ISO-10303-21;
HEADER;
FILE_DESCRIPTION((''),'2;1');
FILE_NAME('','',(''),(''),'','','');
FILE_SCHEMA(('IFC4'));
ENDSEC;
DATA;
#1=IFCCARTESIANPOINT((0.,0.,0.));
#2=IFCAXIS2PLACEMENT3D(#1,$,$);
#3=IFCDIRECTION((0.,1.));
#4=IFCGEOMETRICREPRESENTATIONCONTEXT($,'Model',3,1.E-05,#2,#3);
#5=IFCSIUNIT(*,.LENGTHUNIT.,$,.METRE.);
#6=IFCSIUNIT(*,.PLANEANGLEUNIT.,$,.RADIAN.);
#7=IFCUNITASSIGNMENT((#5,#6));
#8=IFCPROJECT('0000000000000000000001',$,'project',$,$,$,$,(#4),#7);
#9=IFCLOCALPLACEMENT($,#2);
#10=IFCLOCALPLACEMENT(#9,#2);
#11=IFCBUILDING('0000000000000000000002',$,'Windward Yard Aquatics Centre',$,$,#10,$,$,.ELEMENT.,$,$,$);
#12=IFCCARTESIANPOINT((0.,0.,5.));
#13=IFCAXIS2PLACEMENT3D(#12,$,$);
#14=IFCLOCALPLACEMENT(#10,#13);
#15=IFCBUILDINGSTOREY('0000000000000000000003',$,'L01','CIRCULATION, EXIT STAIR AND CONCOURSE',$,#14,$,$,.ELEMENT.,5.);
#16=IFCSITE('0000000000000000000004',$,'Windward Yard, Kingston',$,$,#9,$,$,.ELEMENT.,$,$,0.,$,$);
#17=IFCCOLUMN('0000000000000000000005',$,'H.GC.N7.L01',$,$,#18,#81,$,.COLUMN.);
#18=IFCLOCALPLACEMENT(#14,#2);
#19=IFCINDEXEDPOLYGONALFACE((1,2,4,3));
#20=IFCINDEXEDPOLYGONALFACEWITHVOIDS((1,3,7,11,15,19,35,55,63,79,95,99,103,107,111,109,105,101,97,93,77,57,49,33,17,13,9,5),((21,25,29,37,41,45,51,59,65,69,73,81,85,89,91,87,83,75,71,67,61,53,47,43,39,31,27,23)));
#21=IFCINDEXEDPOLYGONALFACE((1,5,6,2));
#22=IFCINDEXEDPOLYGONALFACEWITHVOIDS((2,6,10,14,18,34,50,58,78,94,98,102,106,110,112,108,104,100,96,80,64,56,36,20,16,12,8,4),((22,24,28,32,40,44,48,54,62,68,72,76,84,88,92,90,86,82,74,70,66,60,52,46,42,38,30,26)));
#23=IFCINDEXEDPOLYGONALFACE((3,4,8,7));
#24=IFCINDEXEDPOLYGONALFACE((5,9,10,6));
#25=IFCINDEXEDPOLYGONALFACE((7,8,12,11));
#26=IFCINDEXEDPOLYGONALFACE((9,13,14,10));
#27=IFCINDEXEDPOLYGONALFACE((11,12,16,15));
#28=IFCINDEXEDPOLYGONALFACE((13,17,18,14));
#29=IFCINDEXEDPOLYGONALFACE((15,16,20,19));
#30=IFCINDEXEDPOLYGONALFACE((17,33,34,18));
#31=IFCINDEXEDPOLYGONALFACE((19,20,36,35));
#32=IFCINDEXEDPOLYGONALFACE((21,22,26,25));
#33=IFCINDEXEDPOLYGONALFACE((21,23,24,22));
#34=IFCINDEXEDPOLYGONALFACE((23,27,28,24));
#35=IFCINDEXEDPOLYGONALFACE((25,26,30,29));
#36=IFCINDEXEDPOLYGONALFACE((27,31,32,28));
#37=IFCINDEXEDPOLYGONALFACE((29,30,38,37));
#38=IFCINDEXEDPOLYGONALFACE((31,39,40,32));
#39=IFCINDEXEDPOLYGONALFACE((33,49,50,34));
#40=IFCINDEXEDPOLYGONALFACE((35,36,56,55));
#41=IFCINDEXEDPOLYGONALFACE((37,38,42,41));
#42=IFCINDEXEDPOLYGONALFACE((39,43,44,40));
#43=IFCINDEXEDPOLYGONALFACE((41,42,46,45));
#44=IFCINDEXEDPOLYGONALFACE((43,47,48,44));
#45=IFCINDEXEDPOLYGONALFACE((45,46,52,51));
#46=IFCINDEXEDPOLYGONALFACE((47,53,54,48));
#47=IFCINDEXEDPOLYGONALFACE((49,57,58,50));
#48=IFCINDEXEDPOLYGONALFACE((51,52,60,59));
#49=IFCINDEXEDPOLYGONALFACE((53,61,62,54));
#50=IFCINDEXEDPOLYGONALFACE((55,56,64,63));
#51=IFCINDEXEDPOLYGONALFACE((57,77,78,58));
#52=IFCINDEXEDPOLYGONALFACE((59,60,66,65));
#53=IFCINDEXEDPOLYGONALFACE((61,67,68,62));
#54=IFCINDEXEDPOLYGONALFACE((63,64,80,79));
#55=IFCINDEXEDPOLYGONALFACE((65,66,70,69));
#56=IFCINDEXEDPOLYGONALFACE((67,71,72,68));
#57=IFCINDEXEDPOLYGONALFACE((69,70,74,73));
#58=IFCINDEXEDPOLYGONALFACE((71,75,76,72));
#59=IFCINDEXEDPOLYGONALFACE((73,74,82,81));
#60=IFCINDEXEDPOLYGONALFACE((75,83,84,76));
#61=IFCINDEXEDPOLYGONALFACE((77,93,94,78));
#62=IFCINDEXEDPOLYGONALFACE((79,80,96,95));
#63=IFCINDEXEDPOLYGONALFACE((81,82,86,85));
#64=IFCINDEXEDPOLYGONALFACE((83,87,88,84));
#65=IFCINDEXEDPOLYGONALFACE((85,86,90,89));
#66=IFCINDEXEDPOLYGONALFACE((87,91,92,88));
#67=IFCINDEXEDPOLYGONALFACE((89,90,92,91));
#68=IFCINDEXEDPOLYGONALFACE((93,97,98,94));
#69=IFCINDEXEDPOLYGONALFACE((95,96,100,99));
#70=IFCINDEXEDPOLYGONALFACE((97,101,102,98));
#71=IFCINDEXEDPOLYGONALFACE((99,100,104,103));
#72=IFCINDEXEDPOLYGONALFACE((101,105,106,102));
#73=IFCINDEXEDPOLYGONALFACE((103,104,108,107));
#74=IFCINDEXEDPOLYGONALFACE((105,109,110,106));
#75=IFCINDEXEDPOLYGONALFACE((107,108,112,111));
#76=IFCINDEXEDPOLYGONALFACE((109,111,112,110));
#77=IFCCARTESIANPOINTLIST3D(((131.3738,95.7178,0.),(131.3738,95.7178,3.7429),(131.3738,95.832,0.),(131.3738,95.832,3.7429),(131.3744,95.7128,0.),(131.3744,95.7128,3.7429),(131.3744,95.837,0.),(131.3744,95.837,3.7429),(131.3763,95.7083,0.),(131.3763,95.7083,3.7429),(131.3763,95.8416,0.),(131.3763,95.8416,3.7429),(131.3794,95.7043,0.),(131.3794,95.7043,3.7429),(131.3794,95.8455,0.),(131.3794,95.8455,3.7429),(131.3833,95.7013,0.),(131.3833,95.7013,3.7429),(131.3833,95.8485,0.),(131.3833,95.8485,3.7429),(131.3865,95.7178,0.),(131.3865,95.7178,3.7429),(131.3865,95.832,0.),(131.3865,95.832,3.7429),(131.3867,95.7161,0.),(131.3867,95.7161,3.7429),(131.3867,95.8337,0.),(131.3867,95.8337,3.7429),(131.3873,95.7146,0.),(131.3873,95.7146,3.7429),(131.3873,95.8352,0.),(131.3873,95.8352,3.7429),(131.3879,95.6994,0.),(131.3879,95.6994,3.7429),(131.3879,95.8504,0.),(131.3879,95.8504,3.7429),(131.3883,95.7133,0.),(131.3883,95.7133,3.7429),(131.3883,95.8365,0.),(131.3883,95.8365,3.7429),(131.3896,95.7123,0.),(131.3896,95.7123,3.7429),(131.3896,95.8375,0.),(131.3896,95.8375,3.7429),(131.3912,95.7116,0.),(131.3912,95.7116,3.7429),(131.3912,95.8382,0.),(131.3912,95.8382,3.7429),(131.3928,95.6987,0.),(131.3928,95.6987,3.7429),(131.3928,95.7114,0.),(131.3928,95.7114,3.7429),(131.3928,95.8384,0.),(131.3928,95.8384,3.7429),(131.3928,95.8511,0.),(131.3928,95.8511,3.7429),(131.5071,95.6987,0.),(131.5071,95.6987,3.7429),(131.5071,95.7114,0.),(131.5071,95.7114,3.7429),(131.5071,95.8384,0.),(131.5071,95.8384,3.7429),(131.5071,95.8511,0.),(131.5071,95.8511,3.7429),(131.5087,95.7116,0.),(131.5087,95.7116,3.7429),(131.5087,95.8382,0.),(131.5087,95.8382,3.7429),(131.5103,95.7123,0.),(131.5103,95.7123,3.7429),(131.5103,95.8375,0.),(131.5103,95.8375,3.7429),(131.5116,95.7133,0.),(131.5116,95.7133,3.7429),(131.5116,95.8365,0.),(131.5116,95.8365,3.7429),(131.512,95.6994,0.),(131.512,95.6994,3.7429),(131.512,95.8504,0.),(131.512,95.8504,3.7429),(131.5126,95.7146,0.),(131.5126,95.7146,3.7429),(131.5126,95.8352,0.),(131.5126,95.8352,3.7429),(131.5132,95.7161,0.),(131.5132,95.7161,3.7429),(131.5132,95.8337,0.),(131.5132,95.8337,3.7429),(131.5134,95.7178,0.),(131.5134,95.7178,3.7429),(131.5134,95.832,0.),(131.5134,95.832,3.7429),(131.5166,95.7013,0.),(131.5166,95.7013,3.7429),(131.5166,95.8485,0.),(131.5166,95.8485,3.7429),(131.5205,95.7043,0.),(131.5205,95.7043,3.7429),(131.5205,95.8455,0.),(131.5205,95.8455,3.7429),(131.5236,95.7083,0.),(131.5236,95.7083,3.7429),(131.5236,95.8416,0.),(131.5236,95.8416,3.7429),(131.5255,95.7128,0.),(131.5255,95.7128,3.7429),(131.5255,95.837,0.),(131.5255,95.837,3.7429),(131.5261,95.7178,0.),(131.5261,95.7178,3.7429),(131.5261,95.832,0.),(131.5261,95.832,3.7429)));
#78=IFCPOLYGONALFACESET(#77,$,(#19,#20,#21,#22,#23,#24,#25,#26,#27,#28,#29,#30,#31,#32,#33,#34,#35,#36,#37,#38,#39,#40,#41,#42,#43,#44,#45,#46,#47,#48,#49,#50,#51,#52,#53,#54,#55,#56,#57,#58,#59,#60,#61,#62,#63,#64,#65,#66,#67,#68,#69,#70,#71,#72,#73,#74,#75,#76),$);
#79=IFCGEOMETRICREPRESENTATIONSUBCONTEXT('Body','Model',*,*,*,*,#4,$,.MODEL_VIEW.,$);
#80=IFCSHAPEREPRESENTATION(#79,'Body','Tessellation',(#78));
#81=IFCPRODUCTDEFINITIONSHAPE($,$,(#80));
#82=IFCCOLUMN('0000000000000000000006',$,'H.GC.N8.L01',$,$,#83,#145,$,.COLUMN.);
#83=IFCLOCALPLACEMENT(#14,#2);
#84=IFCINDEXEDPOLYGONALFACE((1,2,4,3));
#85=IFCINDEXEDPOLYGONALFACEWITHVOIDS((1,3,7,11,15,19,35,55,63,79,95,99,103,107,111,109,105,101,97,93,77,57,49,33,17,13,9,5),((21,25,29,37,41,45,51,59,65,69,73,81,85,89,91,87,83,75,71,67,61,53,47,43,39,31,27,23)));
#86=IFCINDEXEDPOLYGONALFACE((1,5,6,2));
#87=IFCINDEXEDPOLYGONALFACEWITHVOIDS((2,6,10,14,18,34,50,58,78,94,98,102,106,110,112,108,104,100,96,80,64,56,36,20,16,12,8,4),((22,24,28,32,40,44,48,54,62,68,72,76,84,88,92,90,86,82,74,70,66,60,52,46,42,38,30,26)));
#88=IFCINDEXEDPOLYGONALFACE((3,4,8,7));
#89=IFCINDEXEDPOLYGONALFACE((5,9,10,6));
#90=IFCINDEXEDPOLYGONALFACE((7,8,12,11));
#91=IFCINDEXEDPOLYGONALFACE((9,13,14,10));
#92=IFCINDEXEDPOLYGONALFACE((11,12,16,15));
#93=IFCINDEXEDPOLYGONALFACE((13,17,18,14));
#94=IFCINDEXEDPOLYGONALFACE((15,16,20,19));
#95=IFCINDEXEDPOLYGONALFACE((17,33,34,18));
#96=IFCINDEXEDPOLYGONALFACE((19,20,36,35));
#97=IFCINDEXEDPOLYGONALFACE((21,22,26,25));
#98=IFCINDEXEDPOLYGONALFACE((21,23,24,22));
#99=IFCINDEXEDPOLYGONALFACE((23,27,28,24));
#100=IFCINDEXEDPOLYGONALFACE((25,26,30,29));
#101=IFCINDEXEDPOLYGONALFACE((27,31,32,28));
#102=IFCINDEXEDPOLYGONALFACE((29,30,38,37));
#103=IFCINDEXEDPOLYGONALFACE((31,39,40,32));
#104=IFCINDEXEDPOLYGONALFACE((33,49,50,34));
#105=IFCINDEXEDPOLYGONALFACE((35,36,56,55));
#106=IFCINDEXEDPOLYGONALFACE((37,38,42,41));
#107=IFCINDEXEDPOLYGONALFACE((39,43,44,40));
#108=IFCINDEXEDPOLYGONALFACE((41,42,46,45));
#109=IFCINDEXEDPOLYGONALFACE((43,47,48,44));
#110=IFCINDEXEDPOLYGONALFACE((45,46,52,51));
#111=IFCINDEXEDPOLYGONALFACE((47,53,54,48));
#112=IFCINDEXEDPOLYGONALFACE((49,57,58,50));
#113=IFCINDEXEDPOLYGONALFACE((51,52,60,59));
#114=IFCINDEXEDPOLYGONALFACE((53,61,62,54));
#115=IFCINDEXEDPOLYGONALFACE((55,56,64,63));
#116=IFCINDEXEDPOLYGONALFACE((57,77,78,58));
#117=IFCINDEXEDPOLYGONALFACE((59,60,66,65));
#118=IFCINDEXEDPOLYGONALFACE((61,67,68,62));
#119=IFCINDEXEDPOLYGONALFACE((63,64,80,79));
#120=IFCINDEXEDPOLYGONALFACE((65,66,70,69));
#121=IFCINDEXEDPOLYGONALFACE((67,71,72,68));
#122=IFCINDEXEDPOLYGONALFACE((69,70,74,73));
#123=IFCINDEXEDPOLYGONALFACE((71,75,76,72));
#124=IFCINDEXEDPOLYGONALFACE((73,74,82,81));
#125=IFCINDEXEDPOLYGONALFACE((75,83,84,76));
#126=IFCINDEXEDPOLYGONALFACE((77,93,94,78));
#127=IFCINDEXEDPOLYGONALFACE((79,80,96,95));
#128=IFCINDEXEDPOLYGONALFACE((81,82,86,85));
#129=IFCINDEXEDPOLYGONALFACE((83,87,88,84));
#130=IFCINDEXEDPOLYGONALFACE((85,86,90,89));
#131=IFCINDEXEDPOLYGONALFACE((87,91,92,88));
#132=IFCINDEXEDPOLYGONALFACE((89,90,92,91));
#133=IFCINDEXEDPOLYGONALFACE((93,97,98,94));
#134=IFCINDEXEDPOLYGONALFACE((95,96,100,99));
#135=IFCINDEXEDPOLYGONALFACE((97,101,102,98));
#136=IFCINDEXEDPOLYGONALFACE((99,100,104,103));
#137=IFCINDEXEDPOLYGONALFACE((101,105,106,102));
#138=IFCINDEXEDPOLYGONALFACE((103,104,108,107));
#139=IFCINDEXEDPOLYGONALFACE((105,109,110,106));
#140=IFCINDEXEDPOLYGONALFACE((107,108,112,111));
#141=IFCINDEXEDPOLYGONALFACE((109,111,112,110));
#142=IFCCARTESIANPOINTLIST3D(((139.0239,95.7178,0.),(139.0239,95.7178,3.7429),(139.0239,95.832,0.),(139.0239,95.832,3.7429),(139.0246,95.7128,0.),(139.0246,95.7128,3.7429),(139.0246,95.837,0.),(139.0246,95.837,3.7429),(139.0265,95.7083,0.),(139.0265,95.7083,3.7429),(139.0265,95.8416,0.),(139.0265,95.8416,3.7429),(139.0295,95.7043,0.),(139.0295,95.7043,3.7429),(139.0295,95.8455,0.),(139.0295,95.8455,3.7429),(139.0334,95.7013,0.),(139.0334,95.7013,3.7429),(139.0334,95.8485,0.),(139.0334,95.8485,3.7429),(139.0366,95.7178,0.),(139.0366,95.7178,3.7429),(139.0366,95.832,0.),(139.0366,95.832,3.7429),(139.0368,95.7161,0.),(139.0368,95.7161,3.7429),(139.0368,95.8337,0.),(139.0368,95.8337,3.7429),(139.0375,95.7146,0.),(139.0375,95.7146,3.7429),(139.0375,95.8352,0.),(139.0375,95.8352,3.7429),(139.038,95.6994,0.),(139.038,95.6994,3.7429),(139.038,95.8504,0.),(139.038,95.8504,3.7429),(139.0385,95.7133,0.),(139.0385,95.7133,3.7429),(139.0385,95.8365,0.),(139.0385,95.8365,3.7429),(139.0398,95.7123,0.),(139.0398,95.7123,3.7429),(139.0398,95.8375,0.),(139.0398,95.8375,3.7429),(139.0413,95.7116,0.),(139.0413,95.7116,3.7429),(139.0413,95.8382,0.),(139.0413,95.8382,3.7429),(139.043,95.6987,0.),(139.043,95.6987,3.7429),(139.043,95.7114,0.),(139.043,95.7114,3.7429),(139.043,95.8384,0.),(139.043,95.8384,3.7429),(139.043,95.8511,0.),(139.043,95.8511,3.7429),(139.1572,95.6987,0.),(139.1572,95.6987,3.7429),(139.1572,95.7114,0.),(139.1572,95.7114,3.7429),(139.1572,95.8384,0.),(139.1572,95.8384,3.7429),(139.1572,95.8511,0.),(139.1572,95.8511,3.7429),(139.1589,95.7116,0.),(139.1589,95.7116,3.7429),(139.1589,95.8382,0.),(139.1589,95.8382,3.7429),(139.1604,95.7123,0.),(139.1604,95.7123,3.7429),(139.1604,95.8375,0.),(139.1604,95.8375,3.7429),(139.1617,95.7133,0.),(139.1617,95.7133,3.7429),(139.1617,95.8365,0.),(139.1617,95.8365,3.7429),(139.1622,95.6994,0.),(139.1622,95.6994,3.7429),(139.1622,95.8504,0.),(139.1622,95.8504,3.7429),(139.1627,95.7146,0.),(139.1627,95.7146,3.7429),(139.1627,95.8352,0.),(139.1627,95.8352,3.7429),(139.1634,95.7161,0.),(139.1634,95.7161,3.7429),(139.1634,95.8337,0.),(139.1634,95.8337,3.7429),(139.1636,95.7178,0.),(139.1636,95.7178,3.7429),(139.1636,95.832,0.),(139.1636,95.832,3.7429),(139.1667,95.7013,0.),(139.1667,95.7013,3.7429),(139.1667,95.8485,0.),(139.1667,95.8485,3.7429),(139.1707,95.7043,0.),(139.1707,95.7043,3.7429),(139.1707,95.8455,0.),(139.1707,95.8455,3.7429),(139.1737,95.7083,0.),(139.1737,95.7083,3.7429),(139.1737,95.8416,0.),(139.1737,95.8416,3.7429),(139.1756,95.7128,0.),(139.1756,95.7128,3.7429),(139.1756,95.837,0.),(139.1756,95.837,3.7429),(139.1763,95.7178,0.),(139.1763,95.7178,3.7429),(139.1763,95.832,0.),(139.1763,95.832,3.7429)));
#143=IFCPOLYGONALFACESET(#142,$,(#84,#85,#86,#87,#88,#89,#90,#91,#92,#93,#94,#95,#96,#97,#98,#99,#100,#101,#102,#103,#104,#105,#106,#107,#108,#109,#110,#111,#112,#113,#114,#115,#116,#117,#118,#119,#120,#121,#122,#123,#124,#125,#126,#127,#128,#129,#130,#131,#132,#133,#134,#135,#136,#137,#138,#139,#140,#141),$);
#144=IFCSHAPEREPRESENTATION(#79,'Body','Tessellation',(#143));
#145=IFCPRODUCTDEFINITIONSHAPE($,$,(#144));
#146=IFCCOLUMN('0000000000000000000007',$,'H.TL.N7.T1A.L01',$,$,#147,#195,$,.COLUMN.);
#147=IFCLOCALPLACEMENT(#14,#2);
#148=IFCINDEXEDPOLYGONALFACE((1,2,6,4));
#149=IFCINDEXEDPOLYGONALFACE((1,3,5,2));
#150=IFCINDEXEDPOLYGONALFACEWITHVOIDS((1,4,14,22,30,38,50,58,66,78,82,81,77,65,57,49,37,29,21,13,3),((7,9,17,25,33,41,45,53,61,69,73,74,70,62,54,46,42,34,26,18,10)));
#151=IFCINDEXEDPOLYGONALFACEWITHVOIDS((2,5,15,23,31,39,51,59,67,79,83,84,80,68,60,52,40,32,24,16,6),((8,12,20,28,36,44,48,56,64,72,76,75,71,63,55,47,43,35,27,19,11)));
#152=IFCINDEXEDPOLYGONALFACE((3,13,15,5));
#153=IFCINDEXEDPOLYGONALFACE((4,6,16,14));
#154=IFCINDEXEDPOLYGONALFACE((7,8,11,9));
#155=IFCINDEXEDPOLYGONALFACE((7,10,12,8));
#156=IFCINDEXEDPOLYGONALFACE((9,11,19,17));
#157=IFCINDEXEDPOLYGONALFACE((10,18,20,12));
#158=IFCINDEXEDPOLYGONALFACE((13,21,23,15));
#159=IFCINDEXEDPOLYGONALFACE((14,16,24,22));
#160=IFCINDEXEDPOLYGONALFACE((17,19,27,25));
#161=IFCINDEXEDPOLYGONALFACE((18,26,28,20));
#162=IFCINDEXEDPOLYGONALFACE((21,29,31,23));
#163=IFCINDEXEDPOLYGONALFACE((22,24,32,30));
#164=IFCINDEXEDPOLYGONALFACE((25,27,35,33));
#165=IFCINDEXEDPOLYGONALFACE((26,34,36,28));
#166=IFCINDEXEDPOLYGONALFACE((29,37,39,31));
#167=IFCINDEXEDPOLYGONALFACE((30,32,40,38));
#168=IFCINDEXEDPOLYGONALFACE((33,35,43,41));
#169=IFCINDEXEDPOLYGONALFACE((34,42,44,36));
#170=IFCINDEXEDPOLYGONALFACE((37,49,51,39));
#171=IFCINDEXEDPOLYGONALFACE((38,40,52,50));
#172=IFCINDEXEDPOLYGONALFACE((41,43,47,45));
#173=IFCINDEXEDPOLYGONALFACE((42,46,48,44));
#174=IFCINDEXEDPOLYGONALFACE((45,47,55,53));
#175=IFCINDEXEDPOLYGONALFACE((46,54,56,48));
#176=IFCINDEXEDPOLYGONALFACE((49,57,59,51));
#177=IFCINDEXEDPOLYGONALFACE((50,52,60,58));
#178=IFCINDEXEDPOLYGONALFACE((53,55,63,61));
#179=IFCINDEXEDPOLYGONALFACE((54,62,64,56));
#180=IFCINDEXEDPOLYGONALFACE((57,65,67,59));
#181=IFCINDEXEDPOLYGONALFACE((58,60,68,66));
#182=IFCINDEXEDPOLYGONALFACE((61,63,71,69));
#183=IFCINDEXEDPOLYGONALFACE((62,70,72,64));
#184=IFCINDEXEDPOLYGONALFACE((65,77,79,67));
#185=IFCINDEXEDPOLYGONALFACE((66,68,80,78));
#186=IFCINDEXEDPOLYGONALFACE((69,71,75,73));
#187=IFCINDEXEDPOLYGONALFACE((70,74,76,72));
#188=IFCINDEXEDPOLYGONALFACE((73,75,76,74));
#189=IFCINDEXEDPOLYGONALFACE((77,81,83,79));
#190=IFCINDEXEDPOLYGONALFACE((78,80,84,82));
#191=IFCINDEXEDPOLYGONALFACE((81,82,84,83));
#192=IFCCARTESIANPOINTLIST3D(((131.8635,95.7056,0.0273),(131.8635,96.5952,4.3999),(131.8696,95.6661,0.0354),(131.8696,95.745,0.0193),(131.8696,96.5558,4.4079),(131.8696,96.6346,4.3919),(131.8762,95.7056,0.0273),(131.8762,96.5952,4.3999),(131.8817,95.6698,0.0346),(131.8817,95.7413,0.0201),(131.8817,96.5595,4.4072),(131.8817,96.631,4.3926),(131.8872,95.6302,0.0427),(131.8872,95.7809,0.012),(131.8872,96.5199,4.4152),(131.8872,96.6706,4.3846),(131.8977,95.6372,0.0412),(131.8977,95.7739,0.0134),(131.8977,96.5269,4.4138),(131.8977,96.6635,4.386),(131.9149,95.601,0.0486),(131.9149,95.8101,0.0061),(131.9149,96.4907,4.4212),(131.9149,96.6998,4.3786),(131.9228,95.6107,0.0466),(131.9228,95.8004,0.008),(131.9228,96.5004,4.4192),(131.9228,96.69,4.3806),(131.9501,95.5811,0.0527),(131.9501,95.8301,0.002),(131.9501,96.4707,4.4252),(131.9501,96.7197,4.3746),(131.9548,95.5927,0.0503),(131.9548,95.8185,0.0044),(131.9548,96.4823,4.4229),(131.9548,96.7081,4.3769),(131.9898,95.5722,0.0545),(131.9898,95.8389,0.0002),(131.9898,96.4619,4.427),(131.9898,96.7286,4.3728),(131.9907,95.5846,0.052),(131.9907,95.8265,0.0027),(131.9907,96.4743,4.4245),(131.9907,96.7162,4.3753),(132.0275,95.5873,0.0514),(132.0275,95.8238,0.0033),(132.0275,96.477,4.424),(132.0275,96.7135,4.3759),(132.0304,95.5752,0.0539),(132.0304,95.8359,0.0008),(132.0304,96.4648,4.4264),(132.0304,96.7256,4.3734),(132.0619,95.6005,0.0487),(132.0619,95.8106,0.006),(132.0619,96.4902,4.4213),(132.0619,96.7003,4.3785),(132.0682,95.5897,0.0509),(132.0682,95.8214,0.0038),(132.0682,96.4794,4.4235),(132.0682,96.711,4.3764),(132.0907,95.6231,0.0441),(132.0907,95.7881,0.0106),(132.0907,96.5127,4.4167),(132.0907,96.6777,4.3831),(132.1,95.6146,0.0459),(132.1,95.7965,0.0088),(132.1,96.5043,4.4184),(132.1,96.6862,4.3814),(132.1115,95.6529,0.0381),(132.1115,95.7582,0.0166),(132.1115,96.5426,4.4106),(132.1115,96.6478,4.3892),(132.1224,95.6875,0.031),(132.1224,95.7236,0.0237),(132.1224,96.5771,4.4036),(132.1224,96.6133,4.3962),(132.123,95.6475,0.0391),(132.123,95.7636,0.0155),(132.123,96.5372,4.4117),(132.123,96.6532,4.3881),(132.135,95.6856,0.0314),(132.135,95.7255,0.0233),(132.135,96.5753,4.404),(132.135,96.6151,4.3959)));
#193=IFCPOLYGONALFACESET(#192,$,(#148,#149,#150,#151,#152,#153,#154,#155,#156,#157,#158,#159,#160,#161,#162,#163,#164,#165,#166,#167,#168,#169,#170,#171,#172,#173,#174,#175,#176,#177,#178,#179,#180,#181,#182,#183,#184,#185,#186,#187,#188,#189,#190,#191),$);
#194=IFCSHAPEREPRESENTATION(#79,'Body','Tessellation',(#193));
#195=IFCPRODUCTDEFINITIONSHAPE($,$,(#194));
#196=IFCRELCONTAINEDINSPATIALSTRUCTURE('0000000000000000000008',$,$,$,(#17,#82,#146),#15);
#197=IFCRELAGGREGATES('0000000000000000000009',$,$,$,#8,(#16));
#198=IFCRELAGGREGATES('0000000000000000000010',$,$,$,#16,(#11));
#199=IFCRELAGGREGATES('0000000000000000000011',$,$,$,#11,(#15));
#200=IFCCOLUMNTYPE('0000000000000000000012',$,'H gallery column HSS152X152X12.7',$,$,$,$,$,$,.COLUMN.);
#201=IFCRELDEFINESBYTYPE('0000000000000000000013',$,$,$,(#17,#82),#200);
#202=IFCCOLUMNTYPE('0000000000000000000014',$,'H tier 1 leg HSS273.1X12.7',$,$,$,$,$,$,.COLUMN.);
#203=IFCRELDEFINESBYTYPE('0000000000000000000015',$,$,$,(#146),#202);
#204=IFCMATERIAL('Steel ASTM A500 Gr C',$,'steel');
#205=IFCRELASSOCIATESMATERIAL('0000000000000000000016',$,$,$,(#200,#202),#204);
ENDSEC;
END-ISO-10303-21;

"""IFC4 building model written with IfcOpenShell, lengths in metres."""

from ifc_helpers import new_model, si_unit, direction, frame, origin, origin_2d, place, context, subcontext, project, spatial, hollow_rectangle, hollow_circle, extrude, material, material_profile, profile_set, type_object, element, save


model = new_model("IFC4")

# Units and contexts
model_context = context("Model", 3, precision=1e-05, world=origin(), true_north=direction((0.0, 1.0)))
body_context = subcontext(model_context, "Body", "Model", "MODEL_VIEW")
ifc_project = project(units=[si_unit("LENGTHUNIT", "METRE"), si_unit("PLANEANGLEUNIT", "RADIAN")], contexts=[model_context])

# Site, building, storey
site_placement = place(None, origin())
site = spatial("IfcSite", under=ifc_project, at=site_placement, Name="Windward Yard, Kingston", CompositionType="ELEMENT", RefElevation=0.0)
building_placement = place(site_placement, origin())
building = spatial("IfcBuilding", under=site, at=building_placement, Name="Windward Yard Aquatics Centre", CompositionType="ELEMENT")
storey_placement = place(building_placement, frame((0.0, 0.0, 5.0)))
storey = spatial("IfcBuildingStorey", under=building, at=storey_placement, Name="L01", Description="CIRCULATION, EXIT STAIR AND CONCOURSE", CompositionType="ELEMENT", Elevation=5.0)

# Columns
ifc_material_1 = material(Name="Steel ASTM A500 Gr C", Category="steel")
ifc_material_profile_1 = material_profile(ifc_material_1, hollow_rectangle(XDim=0.1523, YDim=0.1523, WallThickness=0.0127, InnerFilletRadius=0.0063, OuterFilletRadius=0.019, at=origin_2d()), Name="HSS152X152X12.7")
ifc_profile_set_1 = profile_set([ifc_material_profile_1], Name="Steel ASTM A500 Gr C")
column_type_1 = type_object("IfcColumnType", Name="H gallery column HSS152X152X12.7", PredefinedType="COLUMN", material=ifc_profile_set_1)
for number, where, z_axis, x_axis, name in (
    (1, (131.45, 95.7749, 0.0), (0.0, 0.0, 1.0), (1.0, 0.0, 0.0), "H.GC.N7.L01"),
    (2, (139.1001, 95.7749, 0.0), (0.0, 0.0, 1.0), (1.0, 0.0, 0.0), "H.GC.N8.L01"),
):
    element("IfcColumn", number, at=place(storey_placement, frame(where, z_axis=z_axis, x_axis=x_axis)), inside=storey, type_object=column_type_1, Name=name, PredefinedType="COLUMN", context=body_context, shape_type="SweptSolid", body=[
        extrude(hollow_rectangle(XDim=0.1523, YDim=0.1523, WallThickness=0.0127, InnerFilletRadius=0.0063, OuterFilletRadius=0.019, at=origin_2d()), origin(), (0.0, 0.0, 1.0), 3.7429),
    ])
ifc_material_profile_2 = material_profile(ifc_material_1, hollow_circle(Radius=0.1365, WallThickness=0.0127, at=origin_2d()), Name="HSS273.1X12.7")
ifc_profile_set_2 = profile_set([ifc_material_profile_2], Name="Steel ASTM A500 Gr C")
column_type_2 = type_object("IfcColumnType", Name="H tier 1 leg HSS273.1X12.7", PredefinedType="COLUMN", material=ifc_profile_set_2)
for number, where, z_axis, x_axis, name in (
    (3, (132.0, 95.7056, 0.0273), (0.0, 0.199377, 0.979923), (-1.0, 0.0, 0.0), "H.TL.N7.T1A.L01"),
):
    element("IfcColumn", number, at=place(storey_placement, frame(where, z_axis=z_axis, x_axis=x_axis)), inside=storey, type_object=column_type_2, Name=name, PredefinedType="COLUMN", context=body_context, shape_type="SweptSolid", body=[
        extrude(hollow_circle(Radius=0.1365, WallThickness=0.0127, at=origin_2d()), origin(), (0.0, 0.0, 1.0), 4.4622),
    ])

save(model, "model.ifc")
